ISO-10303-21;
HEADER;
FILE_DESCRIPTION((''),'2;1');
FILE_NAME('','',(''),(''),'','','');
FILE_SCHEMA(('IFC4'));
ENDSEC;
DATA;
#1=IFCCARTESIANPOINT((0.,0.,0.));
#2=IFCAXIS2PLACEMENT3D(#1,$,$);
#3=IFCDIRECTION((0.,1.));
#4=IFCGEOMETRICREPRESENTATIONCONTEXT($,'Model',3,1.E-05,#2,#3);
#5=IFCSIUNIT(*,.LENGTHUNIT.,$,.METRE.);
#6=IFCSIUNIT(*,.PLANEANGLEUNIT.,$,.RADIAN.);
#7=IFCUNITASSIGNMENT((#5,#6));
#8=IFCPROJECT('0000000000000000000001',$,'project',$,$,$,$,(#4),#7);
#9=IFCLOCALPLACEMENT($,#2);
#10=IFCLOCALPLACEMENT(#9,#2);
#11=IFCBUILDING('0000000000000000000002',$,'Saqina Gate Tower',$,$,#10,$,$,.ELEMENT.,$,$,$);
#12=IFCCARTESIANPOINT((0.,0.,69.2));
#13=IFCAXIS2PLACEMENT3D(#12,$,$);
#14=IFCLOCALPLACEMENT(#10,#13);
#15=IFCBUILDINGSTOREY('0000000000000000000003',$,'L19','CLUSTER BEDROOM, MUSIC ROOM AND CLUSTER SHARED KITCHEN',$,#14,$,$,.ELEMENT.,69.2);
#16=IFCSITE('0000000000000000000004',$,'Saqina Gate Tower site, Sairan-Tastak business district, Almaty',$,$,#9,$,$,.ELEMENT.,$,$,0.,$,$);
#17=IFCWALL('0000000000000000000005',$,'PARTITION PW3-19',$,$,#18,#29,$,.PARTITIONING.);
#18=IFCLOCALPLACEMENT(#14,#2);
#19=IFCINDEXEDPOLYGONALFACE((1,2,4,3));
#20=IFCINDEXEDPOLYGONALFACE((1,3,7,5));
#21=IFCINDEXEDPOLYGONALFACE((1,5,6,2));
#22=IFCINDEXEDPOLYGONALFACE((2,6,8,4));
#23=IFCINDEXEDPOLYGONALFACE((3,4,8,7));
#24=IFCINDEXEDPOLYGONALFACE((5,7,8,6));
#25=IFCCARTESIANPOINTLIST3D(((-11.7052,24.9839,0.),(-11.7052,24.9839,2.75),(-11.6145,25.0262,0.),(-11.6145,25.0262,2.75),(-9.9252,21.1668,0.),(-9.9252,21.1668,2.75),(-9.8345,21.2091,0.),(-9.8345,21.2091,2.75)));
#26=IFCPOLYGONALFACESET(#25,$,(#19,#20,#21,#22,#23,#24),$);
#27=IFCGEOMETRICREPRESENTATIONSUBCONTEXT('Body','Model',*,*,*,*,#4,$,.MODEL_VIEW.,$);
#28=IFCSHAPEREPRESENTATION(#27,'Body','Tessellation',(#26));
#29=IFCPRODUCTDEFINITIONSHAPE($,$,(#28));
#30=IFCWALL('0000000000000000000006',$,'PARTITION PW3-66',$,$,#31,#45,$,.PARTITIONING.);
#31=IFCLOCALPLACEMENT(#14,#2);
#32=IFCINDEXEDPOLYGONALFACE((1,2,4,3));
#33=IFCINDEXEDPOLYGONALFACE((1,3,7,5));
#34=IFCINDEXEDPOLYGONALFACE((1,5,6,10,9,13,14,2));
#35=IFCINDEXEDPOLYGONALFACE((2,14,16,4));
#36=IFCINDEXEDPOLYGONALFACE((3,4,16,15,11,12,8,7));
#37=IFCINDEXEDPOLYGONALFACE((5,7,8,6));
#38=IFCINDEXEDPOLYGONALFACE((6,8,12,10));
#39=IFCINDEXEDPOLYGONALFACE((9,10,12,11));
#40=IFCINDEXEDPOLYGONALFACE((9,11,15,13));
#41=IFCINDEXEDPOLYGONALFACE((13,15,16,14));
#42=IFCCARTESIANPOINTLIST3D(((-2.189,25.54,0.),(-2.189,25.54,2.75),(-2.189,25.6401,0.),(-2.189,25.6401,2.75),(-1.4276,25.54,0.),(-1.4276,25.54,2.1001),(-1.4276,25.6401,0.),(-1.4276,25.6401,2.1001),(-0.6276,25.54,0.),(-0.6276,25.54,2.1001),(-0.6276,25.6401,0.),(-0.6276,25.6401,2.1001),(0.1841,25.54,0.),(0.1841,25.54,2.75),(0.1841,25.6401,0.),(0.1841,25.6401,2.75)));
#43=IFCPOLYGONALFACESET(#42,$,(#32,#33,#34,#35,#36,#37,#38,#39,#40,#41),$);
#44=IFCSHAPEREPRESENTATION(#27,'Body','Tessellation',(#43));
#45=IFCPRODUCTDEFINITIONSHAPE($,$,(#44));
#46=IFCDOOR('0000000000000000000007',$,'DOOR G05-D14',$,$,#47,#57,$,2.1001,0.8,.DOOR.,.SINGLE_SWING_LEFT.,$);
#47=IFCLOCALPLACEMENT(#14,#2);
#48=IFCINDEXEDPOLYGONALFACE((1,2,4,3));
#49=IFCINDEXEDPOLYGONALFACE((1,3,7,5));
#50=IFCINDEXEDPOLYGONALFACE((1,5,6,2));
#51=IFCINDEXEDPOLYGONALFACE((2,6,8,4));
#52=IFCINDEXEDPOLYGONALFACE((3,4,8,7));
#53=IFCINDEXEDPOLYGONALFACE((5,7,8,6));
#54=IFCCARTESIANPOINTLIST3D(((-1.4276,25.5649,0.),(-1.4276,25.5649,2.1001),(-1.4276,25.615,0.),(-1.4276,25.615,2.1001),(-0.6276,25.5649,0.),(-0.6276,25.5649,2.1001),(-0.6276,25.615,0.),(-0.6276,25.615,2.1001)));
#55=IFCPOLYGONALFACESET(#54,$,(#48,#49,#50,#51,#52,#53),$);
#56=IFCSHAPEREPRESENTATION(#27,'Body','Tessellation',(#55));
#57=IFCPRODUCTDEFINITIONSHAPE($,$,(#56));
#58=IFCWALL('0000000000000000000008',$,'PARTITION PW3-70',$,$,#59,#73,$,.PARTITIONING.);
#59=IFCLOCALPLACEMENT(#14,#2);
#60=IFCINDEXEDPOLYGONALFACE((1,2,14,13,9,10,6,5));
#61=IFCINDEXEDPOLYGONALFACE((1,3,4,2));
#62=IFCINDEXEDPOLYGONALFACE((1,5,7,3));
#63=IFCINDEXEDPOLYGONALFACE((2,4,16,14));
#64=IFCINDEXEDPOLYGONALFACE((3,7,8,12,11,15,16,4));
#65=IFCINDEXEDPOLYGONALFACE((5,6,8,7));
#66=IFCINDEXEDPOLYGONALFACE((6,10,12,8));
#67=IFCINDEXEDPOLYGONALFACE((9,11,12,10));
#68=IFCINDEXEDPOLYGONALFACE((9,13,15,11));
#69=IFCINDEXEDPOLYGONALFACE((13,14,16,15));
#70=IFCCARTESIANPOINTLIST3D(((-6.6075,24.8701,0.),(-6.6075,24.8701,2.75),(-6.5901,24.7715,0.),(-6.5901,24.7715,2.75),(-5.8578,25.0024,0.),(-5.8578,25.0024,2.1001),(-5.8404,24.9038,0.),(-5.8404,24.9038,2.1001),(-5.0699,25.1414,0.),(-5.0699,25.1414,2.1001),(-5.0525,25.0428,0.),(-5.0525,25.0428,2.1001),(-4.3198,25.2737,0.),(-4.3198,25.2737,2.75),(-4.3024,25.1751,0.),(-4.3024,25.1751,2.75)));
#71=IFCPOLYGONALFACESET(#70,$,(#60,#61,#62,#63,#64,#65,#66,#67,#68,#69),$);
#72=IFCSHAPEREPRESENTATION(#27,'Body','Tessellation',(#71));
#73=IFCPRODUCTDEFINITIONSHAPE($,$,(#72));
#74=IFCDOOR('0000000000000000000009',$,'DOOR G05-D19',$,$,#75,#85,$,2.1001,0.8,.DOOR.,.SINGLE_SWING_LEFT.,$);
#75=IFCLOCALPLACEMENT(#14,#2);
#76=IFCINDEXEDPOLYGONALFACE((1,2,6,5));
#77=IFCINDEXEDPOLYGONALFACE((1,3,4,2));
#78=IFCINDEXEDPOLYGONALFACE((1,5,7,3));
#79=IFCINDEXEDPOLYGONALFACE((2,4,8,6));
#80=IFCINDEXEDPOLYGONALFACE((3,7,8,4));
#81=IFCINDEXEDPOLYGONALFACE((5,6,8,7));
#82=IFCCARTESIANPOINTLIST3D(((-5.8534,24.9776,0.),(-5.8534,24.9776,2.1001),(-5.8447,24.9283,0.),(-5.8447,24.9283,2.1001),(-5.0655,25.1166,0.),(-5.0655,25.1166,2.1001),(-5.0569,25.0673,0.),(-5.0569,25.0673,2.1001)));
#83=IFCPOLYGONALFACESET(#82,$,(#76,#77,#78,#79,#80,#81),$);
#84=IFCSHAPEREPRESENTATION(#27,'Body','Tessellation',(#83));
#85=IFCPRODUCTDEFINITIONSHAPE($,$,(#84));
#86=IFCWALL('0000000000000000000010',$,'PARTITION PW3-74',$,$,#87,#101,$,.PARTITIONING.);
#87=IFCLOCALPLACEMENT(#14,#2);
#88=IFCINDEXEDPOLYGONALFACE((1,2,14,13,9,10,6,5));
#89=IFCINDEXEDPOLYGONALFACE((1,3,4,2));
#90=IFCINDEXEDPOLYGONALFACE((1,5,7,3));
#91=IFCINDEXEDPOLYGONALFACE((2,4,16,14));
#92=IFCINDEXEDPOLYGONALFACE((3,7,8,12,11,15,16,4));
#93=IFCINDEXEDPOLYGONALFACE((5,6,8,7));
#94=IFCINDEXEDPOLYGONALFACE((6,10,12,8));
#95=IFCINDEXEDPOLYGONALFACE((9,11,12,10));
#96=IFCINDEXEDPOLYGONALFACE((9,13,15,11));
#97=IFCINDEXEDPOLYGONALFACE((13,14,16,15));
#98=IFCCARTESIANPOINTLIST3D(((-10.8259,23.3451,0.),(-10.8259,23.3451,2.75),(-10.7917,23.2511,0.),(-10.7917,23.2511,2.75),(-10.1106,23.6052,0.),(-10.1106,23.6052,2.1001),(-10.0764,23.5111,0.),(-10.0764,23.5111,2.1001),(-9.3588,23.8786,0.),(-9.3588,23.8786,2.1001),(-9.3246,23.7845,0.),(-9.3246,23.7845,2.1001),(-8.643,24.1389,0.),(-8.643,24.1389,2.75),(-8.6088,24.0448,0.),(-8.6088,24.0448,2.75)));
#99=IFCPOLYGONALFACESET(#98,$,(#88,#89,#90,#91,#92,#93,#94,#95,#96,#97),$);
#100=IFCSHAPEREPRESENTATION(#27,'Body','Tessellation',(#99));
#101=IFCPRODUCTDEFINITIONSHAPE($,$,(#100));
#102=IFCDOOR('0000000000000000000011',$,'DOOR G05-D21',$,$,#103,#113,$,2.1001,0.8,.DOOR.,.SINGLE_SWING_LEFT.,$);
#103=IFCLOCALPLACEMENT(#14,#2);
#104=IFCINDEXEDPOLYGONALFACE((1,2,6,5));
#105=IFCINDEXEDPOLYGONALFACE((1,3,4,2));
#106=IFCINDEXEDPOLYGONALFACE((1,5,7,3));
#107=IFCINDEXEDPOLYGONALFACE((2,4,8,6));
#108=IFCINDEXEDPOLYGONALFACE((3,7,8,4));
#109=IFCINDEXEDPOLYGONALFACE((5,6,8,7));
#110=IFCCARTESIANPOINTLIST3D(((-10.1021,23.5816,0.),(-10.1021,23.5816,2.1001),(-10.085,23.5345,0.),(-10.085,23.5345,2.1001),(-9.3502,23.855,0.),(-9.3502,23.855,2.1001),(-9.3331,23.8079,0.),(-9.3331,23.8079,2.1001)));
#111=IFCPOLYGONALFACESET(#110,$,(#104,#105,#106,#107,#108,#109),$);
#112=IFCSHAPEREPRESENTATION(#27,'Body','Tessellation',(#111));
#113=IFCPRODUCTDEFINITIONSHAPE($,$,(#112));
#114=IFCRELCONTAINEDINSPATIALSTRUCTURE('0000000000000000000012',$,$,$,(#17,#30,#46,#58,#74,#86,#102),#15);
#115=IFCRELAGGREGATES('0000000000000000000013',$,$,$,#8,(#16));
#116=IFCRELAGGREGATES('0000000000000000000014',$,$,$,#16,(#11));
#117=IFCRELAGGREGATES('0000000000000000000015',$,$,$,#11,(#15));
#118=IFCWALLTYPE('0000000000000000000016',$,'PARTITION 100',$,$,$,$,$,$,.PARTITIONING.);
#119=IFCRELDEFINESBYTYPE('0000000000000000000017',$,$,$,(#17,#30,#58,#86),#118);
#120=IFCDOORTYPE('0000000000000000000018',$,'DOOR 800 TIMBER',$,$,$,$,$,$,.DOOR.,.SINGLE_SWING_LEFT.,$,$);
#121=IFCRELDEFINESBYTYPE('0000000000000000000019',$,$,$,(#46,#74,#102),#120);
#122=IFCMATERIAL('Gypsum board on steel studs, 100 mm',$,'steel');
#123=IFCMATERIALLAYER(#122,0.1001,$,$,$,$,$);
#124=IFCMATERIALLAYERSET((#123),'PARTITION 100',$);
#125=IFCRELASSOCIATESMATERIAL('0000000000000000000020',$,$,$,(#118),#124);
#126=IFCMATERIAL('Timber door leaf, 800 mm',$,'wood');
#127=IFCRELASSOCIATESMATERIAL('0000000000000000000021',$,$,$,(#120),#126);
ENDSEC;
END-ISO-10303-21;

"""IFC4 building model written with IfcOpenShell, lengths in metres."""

from ifc_helpers import new_model, si_unit, direction, frame, frame_2d, origin, place, context, subcontext, project, spatial, rectangle, extrude, material, layer, layer_set, type_object, element, fill, save


model = new_model("IFC4")

# Units and contexts
model_context = context("Model", 3, precision=1e-05, world=origin(), true_north=direction((0.0, 1.0)))
body_context = subcontext(model_context, "Body", "Model", "MODEL_VIEW")
ifc_project = project(units=[si_unit("LENGTHUNIT", "METRE"), si_unit("PLANEANGLEUNIT", "RADIAN")], contexts=[model_context])

# Site, building, storey
site_placement = place(None, origin())
site = spatial("IfcSite", under=ifc_project, at=site_placement, Name="Saqina Gate Tower site, Sairan-Tastak business district, Almaty", CompositionType="ELEMENT", RefElevation=0.0)
building_placement = place(site_placement, origin())
building = spatial("IfcBuilding", under=site, at=building_placement, Name="Saqina Gate Tower", CompositionType="ELEMENT")
storey_placement = place(building_placement, frame((0.0, 0.0, 69.2)))
storey = spatial("IfcBuildingStorey", under=building, at=storey_placement, Name="L19", Description="CLUSTER BEDROOM, MUSIC ROOM AND CLUSTER SHARED KITCHEN", CompositionType="ELEMENT", Elevation=69.2)

# Wall
ifc_material_1 = material(Name="Gypsum board on steel studs, 100 mm", Category="steel")
ifc_layer_1 = layer(ifc_material_1, 0.1001)
ifc_layer_set_1 = layer_set([ifc_layer_1], Name="PARTITION 100")
wall_type_1 = type_object("IfcWallType", Name="PARTITION 100", PredefinedType="PARTITIONING", material=ifc_layer_set_1)
wall_1_placement = place(storey_placement, frame((-11.6599, 25.0051, 0.0), z_axis=(0.0, 0.0, 1.0), x_axis=(0.422632, -0.906302, 0.0)))
element("IfcWall", 1, at=wall_1_placement, inside=storey, type_object=wall_type_1, Name="PARTITION PW3-19", PredefinedType="PARTITIONING", context=body_context, shape_type="SweptSolid", body=[
    extrude(rectangle(XDim=4.2117, YDim=0.1001, at=frame_2d((2.106, 0.0))), origin(), (0.0, 0.0, 1.0), 2.75),
])

# Walls, openings, doors
wall_2_placement = place(storey_placement, frame((-2.189, 25.5901, 0.0), z_axis=(0.0, 0.0, 1.0), x_axis=(1.0, 0.0, 0.0)))
wall_2 = element("IfcWall", 2, at=wall_2_placement, inside=storey, type_object=wall_type_1, Name="PARTITION PW3-66", PredefinedType="PARTITIONING", context=body_context, shape_type="SweptSolid", body=[
    extrude(rectangle(XDim=2.373, YDim=0.1001, at=frame_2d((1.1865, 0.0))), origin(), (0.0, 0.0, 1.0), 2.75),
])
opening_1_placement = place(wall_2_placement, frame((0.7615, 0.0, 0.0)))
opening_1 = element("IfcOpeningElement", 3, at=opening_1_placement, cuts=wall_2, PredefinedType="OPENING", context=body_context, shape_type="SweptSolid", body=[
    extrude(rectangle(XDim=0.8, YDim=2.1001, at=frame_2d((0.3999, 1.05))), frame((0.0, 0.062, 0.0), z_axis=(0.0, -1.0, 0.0), x_axis=(1.0, 0.0, 0.0)), (0.0, 0.0, 1.0), 0.124),
])
ifc_material_2 = material(Name="Timber door leaf, 800 mm", Category="wood")
door_type = type_object("IfcDoorType", Name="DOOR 800 TIMBER", OperationType="SINGLE_SWING_LEFT", PredefinedType="DOOR", material=ifc_material_2)
door_1_placement = place(opening_1_placement, origin())
door_1 = element("IfcDoor", 4, at=door_1_placement, inside=storey, type_object=door_type, Name="DOOR G05-D14", OperationType="SINGLE_SWING_LEFT", OverallHeight=2.1001, OverallWidth=0.8, PredefinedType="DOOR", context=body_context, shape_type="SweptSolid", body=[
    extrude(rectangle(XDim=0.8, YDim=2.1001, at=frame_2d((0.3999, 1.05))), frame((0.0, 0.0249, 0.0), z_axis=(0.0, -1.0, 0.0), x_axis=(1.0, 0.0, 0.0)), (0.0, 0.0, 1.0), 0.05),
])
fill(opening_1, door_1)
wall_3_placement = place(storey_placement, frame((-6.5989, 24.8208, 0.0), z_axis=(0.0, 0.0, 1.0), x_axis=(0.984793, 0.173731, 0.0)))
wall_3 = element("IfcWall", 5, at=wall_3_placement, inside=storey, type_object=wall_type_1, Name="PARTITION PW3-70", PredefinedType="PARTITIONING", context=body_context, shape_type="SweptSolid", body=[
    extrude(rectangle(XDim=2.323, YDim=0.1001, at=frame_2d((1.1616, 0.0))), origin(), (0.0, 0.0, 1.0), 2.75),
])
opening_2_placement = place(wall_3_placement, frame((0.7615, 0.0, 0.0)))
opening_2 = element("IfcOpeningElement", 6, at=opening_2_placement, cuts=wall_3, PredefinedType="OPENING", context=body_context, shape_type="SweptSolid", body=[
    extrude(rectangle(XDim=0.8, YDim=2.1001, at=frame_2d((0.3999, 1.05))), frame((0.0, 0.062, 0.0), z_axis=(0.0, -1.0, 0.0), x_axis=(1.0, 0.0, 0.0)), (0.0, 0.0, 1.0), 0.124),
])
door_2_placement = place(opening_2_placement, origin())
door_2 = element("IfcDoor", 7, at=door_2_placement, inside=storey, type_object=door_type, Name="DOOR G05-D19", OperationType="SINGLE_SWING_LEFT", OverallHeight=2.1001, OverallWidth=0.8, PredefinedType="DOOR", context=body_context, shape_type="SweptSolid", body=[
    extrude(rectangle(XDim=0.8, YDim=2.1001, at=frame_2d((0.3999, 1.05))), frame((0.0, 0.0249, 0.0), z_axis=(0.0, -1.0, 0.0), x_axis=(1.0, 0.0, 0.0)), (0.0, 0.0, 1.0), 0.05),
])
fill(opening_2, door_2)
wall_4_placement = place(storey_placement, frame((-10.8088, 23.2981, 0.0), z_axis=(0.0, 0.0, 1.0), x_axis=(0.939803, 0.341718, 0.0)))
wall_4 = element("IfcWall", 8, at=wall_4_placement, inside=storey, type_object=wall_type_1, Name="PARTITION PW3-74", PredefinedType="PARTITIONING", context=body_context, shape_type="SweptSolid", body=[
    extrude(rectangle(XDim=2.3228, YDim=0.1001, at=frame_2d((1.1614, 0.0))), origin(), (0.0, 0.0, 1.0), 2.75),
])
opening_3_placement = place(wall_4_placement, frame((0.7612, 0.0, 0.0)))
opening_3 = element("IfcOpeningElement", 9, at=opening_3_placement, cuts=wall_4, PredefinedType="OPENING", context=body_context, shape_type="SweptSolid", body=[
    extrude(rectangle(XDim=0.8, YDim=2.1001, at=frame_2d((0.3999, 1.05))), frame((0.0, 0.062, 0.0), z_axis=(0.0, -1.0, 0.0), x_axis=(1.0, 0.0, 0.0)), (0.0, 0.0, 1.0), 0.124),
])
door_3_placement = place(opening_3_placement, origin())
door_3 = element("IfcDoor", 10, at=door_3_placement, inside=storey, type_object=door_type, Name="DOOR G05-D21", OperationType="SINGLE_SWING_LEFT", OverallHeight=2.1001, OverallWidth=0.8, PredefinedType="DOOR", context=body_context, shape_type="SweptSolid", body=[
    extrude(rectangle(XDim=0.8, YDim=2.1001, at=frame_2d((0.3999, 1.05))), frame((0.0, 0.0249, 0.0), z_axis=(0.0, -1.0, 0.0), x_axis=(1.0, 0.0, 0.0)), (0.0, 0.0, 1.0), 0.05),
])
fill(opening_3, door_3)

save(model, "model.ifc")
